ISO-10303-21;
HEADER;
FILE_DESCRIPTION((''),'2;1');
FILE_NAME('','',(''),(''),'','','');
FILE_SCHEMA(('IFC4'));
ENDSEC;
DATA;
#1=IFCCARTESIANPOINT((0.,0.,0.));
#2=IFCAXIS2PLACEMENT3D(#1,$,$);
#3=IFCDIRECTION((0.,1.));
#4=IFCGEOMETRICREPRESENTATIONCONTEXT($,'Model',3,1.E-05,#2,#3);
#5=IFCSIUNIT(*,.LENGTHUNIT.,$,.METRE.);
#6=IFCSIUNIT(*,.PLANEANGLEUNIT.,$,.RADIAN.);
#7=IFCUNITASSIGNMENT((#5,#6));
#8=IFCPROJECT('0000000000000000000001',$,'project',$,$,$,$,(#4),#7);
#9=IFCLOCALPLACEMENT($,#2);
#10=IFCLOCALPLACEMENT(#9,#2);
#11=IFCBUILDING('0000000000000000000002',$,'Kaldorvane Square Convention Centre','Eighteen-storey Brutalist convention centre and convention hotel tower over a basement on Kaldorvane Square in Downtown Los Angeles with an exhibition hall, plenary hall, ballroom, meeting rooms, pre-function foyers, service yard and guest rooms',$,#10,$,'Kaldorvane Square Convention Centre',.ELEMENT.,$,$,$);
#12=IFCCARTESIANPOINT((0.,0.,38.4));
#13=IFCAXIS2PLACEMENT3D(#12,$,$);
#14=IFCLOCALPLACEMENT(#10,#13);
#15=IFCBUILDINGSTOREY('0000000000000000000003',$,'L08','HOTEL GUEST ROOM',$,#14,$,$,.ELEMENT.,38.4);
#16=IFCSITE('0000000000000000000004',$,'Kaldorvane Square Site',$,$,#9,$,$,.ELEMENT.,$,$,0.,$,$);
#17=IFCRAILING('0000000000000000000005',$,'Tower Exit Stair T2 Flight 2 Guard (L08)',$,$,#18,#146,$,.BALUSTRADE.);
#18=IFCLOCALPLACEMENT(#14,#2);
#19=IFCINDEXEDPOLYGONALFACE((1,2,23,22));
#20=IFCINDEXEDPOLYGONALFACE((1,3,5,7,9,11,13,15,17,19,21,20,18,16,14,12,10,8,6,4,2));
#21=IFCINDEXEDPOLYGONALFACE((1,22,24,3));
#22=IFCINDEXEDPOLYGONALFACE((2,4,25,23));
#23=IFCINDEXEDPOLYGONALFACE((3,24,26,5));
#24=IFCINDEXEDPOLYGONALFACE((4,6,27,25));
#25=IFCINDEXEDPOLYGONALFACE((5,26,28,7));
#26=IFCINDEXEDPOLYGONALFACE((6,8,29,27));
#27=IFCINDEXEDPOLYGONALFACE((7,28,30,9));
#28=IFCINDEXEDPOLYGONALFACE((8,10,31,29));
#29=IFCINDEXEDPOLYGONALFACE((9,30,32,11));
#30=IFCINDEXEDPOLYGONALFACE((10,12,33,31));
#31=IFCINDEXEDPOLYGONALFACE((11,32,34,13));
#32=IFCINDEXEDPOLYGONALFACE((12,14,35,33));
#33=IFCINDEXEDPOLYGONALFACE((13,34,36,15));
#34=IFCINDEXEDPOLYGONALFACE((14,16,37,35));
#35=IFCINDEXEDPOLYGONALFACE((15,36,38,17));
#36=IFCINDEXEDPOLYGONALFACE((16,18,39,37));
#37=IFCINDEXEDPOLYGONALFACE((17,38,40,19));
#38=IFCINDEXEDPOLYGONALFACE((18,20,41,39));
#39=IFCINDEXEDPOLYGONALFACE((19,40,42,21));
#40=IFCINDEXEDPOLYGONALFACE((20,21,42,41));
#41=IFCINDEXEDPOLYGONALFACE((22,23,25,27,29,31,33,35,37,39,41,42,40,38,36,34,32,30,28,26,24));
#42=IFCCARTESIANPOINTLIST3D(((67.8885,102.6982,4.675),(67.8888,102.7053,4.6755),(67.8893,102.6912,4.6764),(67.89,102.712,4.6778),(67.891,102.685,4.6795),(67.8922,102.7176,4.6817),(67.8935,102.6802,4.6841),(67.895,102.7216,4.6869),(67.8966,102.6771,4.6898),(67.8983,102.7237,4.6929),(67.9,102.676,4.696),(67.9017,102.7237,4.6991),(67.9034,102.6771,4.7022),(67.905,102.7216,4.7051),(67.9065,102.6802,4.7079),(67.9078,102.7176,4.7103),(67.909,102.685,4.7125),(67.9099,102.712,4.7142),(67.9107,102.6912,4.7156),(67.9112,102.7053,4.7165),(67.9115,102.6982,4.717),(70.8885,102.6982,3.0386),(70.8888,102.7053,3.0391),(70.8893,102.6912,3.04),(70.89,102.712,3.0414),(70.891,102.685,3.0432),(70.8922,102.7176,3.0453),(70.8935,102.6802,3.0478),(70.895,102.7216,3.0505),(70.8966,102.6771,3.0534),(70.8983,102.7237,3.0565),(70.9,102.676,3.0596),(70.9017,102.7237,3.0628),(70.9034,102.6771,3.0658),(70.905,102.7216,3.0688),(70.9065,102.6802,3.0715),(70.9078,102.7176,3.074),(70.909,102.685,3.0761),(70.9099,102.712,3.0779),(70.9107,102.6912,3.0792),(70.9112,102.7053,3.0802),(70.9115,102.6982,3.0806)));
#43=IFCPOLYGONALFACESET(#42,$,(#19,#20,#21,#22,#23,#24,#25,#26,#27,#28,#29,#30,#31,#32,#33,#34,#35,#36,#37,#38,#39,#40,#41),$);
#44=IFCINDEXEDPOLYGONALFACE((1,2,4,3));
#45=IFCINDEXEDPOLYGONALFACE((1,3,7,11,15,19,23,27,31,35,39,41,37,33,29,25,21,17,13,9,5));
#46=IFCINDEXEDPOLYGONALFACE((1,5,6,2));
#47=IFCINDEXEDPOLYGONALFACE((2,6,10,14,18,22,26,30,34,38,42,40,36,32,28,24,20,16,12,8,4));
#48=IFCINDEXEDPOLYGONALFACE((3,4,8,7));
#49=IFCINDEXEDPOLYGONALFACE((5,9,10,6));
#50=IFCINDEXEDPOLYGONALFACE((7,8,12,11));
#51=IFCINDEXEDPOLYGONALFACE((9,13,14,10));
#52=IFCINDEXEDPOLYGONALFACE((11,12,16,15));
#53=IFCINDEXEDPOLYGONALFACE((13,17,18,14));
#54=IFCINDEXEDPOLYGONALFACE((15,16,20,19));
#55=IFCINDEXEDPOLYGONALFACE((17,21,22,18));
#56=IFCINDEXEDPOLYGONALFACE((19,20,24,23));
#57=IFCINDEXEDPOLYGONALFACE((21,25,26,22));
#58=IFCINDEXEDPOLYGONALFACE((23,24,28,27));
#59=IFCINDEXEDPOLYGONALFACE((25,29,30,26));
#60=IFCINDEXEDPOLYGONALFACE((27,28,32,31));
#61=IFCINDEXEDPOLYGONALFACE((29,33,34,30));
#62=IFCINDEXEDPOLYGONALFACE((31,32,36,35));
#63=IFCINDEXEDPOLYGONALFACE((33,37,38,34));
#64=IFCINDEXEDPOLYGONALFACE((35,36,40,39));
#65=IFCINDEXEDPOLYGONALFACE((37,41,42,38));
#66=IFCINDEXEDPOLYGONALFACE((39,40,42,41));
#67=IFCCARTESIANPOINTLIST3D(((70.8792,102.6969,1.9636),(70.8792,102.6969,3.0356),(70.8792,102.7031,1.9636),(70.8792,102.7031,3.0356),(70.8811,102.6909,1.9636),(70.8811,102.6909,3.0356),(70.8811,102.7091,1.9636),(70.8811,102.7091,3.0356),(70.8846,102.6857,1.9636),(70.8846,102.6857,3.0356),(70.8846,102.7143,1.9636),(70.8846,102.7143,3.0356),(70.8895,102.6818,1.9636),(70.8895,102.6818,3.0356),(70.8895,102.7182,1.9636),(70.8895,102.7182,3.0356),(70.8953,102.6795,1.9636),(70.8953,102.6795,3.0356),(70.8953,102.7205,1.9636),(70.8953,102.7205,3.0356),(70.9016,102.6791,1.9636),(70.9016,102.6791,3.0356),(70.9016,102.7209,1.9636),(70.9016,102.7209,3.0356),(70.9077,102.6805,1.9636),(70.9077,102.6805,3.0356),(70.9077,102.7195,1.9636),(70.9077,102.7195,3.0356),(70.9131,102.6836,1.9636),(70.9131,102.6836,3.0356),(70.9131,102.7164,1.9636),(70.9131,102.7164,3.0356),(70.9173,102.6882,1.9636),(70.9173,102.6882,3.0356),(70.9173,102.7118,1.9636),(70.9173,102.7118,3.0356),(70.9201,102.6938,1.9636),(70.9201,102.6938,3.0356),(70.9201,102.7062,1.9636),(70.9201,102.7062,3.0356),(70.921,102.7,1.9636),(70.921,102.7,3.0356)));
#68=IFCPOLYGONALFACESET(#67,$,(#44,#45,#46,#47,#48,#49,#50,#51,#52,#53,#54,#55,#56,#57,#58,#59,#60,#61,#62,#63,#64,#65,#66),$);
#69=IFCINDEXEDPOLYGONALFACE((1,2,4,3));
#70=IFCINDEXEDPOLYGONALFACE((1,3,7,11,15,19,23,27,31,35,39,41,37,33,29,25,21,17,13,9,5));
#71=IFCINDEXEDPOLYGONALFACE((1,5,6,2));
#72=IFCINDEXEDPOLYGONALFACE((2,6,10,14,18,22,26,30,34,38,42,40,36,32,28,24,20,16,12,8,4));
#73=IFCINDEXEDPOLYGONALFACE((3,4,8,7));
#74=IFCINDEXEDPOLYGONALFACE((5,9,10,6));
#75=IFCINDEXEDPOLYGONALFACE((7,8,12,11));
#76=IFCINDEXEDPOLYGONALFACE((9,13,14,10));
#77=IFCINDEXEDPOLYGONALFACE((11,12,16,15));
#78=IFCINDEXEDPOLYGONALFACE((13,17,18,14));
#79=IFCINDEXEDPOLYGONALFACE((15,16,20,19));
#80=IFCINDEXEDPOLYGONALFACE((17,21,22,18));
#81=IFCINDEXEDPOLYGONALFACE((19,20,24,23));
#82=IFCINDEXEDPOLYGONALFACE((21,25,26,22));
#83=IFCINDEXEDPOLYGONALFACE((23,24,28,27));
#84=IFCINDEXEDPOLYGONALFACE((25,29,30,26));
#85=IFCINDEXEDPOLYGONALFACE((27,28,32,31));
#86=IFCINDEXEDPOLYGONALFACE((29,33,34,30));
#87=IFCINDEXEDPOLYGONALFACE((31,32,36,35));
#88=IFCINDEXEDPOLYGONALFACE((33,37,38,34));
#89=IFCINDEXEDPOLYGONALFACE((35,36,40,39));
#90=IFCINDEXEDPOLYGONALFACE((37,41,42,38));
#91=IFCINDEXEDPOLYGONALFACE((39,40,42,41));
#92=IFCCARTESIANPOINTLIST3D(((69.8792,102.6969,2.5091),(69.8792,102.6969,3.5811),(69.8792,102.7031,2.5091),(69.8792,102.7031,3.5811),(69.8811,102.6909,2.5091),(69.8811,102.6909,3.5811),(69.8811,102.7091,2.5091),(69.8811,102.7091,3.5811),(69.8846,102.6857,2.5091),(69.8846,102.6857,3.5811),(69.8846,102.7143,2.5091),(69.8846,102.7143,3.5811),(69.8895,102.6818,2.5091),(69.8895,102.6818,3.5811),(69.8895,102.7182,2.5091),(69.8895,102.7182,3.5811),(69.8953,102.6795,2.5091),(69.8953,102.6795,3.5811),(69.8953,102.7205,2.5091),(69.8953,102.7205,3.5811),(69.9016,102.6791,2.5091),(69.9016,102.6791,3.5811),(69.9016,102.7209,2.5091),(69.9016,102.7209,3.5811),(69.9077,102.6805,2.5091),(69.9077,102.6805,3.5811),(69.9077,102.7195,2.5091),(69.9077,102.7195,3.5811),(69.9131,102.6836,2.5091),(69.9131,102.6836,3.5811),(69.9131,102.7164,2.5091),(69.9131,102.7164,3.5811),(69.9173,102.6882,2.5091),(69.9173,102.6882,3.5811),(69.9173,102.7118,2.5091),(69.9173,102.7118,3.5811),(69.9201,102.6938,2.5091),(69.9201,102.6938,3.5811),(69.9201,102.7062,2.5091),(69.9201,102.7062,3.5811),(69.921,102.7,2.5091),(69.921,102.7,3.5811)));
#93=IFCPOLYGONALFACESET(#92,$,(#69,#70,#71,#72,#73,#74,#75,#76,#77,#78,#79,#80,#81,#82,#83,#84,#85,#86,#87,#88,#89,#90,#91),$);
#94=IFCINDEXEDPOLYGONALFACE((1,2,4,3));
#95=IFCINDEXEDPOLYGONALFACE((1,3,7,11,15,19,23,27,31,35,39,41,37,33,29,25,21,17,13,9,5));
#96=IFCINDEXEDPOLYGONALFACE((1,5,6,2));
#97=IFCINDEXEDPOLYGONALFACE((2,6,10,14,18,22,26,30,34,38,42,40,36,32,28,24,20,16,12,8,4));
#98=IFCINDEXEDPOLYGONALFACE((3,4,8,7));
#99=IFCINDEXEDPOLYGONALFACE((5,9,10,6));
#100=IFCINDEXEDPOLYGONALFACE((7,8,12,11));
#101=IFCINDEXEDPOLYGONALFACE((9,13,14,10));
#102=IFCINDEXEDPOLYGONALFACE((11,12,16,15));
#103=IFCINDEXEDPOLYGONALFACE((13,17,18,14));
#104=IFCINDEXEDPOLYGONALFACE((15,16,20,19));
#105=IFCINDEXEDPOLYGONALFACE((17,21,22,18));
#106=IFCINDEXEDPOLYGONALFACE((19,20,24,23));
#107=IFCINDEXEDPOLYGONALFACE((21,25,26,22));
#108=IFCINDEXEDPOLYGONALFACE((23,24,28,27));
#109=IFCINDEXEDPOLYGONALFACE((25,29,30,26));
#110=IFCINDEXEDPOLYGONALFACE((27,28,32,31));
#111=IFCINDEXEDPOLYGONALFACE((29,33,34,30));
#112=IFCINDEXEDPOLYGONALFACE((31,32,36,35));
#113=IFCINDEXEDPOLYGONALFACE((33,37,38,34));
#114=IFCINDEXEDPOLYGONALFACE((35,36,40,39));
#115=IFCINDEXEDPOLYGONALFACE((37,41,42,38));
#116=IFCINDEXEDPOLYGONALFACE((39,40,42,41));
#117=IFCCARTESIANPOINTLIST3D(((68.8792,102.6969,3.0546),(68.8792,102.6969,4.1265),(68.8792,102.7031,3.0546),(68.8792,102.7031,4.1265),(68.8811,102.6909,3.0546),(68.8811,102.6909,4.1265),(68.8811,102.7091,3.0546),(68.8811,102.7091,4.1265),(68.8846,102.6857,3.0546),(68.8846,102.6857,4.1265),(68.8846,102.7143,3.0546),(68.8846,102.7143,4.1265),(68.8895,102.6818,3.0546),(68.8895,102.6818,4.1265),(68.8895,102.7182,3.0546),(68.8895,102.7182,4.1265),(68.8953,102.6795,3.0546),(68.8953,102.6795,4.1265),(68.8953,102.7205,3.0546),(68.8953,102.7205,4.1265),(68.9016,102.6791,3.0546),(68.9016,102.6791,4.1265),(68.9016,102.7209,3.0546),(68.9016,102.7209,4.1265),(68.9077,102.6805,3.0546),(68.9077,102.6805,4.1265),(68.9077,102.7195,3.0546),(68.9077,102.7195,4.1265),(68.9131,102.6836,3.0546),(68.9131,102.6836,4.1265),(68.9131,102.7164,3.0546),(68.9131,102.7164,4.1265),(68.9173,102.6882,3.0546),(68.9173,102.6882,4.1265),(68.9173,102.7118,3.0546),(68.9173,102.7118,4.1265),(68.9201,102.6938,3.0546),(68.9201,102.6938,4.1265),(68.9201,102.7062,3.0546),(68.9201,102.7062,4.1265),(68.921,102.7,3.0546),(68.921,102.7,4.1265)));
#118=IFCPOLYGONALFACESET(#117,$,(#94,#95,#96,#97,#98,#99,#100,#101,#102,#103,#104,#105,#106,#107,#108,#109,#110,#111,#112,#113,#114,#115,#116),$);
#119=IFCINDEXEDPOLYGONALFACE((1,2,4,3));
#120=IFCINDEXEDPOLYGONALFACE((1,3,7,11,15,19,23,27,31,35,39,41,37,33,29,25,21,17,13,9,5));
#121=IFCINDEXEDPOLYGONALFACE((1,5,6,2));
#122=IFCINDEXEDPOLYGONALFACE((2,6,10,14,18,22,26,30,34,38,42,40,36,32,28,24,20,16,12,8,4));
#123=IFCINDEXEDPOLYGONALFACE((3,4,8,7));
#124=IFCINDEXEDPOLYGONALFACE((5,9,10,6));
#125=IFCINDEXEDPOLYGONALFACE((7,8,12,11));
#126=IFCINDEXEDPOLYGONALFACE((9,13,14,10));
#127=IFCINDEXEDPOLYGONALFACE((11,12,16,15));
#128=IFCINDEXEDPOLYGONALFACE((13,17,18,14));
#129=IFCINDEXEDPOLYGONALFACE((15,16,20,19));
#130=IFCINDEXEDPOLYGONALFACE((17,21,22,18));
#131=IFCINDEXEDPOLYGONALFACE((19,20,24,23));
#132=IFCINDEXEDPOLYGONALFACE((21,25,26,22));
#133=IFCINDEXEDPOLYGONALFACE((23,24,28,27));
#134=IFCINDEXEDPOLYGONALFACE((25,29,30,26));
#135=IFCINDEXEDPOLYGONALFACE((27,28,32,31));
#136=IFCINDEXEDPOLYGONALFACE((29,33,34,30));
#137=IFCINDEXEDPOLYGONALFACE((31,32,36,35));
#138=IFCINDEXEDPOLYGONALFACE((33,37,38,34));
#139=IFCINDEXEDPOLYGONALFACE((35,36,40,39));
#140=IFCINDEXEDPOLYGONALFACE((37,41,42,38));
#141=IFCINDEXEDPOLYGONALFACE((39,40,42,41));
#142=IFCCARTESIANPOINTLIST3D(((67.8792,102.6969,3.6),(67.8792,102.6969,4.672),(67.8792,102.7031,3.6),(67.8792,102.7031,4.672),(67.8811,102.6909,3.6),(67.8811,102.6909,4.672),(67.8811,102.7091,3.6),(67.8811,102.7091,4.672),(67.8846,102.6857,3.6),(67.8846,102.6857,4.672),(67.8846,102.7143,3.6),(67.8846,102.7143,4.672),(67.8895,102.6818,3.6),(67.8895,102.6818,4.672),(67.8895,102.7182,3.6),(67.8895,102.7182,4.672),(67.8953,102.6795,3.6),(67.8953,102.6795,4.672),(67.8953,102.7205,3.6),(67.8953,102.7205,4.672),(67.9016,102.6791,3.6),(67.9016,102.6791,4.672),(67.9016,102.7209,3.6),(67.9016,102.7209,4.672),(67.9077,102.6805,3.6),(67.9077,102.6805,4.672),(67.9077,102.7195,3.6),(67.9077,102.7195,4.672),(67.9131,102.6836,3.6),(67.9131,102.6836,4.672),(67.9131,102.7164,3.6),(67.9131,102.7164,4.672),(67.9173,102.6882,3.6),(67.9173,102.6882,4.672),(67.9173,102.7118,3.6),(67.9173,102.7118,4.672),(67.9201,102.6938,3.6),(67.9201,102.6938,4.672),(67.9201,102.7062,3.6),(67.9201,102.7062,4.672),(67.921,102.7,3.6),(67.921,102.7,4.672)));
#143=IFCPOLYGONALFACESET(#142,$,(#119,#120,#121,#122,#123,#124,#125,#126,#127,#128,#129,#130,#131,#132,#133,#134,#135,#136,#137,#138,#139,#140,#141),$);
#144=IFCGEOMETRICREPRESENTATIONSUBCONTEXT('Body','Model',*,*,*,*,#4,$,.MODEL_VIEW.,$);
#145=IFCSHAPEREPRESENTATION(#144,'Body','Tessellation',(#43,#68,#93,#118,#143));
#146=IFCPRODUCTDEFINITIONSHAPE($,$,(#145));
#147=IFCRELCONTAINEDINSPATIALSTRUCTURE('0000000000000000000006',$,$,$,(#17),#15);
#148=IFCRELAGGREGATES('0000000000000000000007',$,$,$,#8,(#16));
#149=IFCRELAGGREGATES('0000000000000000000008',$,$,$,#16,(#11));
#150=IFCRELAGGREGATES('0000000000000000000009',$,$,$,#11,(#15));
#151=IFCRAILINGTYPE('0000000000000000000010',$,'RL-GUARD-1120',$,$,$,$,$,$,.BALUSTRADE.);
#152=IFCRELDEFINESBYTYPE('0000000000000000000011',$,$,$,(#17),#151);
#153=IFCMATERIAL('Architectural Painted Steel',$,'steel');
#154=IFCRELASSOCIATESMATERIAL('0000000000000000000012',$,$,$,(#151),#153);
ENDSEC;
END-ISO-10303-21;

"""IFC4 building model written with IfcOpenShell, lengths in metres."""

from ifc_helpers import new_model, si_unit, direction, frame, origin, origin_2d, place, context, subcontext, project, spatial, circle, extrude, material, type_object, element, save


model = new_model("IFC4")

# Units and contexts
model_context = context("Model", 3, precision=1e-05, world=origin(), true_north=direction((0.0, 1.0)))
body_context = subcontext(model_context, "Body", "Model", "MODEL_VIEW")
ifc_project = project(units=[si_unit("LENGTHUNIT", "METRE"), si_unit("PLANEANGLEUNIT", "RADIAN")], contexts=[model_context])

# Site, building, storey
site_placement = place(None, origin())
site = spatial("IfcSite", under=ifc_project, at=site_placement, Name="Kaldorvane Square Site", CompositionType="ELEMENT", RefElevation=0.0)
building_placement = place(site_placement, origin())
building = spatial("IfcBuilding", under=site, at=building_placement, Name="Kaldorvane Square Convention Centre", Description="Eighteen-storey Brutalist convention centre and convention hotel tower over a basement on Kaldorvane Square in Downtown Los Angeles with an exhibition hall, plenary hall, ballroom, meeting rooms, pre-function foyers, service yard and guest rooms", LongName="Kaldorvane Square Convention Centre", CompositionType="ELEMENT")
storey_placement = place(building_placement, frame((0.0, 0.0, 38.4)))
storey = spatial("IfcBuildingStorey", under=building, at=storey_placement, Name="L08", Description="HOTEL GUEST ROOM", CompositionType="ELEMENT", Elevation=38.4)

# Railing
ifc_material_1 = material(Name="Architectural Painted Steel", Category="steel")
railing_type = type_object("IfcRailingType", Name="RL-GUARD-1120", PredefinedType="BALUSTRADE", material=ifc_material_1)
railing_1_placement = place(storey_placement, frame((70.9, 102.7, 1.9636)))
element("IfcRailing", 1, at=railing_1_placement, inside=storey, type_object=railing_type, Name="Tower Exit Stair T2 Flight 2 Guard (L08)", PredefinedType="BALUSTRADE", context=body_context, shape_type="SweptSolid", body=[
    extrude(circle(Radius=0.024, at=origin_2d()), frame((0.0, 0.0, 1.096), z_axis=(-0.877895, 0.0, 0.478853), x_axis=(0.0, -1.0, 0.0)), (0.0, 0.0, 1.0), 3.4173),
    extrude(circle(Radius=0.021, at=origin_2d()), origin(), (0.0, 0.0, 1.0), 1.072),
    extrude(circle(Radius=0.021, at=origin_2d()), frame((-1.0, 0.0, 0.5455)), (0.0, 0.0, 1.0), 1.072),
    extrude(circle(Radius=0.021, at=origin_2d()), frame((-2.0, 0.0, 1.0909)), (0.0, 0.0, 1.0), 1.072),
    extrude(circle(Radius=0.021, at=origin_2d()), frame((-3.0, 0.0, 1.6364)), (0.0, 0.0, 1.0), 1.072),
])

save(model, "model.ifc")
